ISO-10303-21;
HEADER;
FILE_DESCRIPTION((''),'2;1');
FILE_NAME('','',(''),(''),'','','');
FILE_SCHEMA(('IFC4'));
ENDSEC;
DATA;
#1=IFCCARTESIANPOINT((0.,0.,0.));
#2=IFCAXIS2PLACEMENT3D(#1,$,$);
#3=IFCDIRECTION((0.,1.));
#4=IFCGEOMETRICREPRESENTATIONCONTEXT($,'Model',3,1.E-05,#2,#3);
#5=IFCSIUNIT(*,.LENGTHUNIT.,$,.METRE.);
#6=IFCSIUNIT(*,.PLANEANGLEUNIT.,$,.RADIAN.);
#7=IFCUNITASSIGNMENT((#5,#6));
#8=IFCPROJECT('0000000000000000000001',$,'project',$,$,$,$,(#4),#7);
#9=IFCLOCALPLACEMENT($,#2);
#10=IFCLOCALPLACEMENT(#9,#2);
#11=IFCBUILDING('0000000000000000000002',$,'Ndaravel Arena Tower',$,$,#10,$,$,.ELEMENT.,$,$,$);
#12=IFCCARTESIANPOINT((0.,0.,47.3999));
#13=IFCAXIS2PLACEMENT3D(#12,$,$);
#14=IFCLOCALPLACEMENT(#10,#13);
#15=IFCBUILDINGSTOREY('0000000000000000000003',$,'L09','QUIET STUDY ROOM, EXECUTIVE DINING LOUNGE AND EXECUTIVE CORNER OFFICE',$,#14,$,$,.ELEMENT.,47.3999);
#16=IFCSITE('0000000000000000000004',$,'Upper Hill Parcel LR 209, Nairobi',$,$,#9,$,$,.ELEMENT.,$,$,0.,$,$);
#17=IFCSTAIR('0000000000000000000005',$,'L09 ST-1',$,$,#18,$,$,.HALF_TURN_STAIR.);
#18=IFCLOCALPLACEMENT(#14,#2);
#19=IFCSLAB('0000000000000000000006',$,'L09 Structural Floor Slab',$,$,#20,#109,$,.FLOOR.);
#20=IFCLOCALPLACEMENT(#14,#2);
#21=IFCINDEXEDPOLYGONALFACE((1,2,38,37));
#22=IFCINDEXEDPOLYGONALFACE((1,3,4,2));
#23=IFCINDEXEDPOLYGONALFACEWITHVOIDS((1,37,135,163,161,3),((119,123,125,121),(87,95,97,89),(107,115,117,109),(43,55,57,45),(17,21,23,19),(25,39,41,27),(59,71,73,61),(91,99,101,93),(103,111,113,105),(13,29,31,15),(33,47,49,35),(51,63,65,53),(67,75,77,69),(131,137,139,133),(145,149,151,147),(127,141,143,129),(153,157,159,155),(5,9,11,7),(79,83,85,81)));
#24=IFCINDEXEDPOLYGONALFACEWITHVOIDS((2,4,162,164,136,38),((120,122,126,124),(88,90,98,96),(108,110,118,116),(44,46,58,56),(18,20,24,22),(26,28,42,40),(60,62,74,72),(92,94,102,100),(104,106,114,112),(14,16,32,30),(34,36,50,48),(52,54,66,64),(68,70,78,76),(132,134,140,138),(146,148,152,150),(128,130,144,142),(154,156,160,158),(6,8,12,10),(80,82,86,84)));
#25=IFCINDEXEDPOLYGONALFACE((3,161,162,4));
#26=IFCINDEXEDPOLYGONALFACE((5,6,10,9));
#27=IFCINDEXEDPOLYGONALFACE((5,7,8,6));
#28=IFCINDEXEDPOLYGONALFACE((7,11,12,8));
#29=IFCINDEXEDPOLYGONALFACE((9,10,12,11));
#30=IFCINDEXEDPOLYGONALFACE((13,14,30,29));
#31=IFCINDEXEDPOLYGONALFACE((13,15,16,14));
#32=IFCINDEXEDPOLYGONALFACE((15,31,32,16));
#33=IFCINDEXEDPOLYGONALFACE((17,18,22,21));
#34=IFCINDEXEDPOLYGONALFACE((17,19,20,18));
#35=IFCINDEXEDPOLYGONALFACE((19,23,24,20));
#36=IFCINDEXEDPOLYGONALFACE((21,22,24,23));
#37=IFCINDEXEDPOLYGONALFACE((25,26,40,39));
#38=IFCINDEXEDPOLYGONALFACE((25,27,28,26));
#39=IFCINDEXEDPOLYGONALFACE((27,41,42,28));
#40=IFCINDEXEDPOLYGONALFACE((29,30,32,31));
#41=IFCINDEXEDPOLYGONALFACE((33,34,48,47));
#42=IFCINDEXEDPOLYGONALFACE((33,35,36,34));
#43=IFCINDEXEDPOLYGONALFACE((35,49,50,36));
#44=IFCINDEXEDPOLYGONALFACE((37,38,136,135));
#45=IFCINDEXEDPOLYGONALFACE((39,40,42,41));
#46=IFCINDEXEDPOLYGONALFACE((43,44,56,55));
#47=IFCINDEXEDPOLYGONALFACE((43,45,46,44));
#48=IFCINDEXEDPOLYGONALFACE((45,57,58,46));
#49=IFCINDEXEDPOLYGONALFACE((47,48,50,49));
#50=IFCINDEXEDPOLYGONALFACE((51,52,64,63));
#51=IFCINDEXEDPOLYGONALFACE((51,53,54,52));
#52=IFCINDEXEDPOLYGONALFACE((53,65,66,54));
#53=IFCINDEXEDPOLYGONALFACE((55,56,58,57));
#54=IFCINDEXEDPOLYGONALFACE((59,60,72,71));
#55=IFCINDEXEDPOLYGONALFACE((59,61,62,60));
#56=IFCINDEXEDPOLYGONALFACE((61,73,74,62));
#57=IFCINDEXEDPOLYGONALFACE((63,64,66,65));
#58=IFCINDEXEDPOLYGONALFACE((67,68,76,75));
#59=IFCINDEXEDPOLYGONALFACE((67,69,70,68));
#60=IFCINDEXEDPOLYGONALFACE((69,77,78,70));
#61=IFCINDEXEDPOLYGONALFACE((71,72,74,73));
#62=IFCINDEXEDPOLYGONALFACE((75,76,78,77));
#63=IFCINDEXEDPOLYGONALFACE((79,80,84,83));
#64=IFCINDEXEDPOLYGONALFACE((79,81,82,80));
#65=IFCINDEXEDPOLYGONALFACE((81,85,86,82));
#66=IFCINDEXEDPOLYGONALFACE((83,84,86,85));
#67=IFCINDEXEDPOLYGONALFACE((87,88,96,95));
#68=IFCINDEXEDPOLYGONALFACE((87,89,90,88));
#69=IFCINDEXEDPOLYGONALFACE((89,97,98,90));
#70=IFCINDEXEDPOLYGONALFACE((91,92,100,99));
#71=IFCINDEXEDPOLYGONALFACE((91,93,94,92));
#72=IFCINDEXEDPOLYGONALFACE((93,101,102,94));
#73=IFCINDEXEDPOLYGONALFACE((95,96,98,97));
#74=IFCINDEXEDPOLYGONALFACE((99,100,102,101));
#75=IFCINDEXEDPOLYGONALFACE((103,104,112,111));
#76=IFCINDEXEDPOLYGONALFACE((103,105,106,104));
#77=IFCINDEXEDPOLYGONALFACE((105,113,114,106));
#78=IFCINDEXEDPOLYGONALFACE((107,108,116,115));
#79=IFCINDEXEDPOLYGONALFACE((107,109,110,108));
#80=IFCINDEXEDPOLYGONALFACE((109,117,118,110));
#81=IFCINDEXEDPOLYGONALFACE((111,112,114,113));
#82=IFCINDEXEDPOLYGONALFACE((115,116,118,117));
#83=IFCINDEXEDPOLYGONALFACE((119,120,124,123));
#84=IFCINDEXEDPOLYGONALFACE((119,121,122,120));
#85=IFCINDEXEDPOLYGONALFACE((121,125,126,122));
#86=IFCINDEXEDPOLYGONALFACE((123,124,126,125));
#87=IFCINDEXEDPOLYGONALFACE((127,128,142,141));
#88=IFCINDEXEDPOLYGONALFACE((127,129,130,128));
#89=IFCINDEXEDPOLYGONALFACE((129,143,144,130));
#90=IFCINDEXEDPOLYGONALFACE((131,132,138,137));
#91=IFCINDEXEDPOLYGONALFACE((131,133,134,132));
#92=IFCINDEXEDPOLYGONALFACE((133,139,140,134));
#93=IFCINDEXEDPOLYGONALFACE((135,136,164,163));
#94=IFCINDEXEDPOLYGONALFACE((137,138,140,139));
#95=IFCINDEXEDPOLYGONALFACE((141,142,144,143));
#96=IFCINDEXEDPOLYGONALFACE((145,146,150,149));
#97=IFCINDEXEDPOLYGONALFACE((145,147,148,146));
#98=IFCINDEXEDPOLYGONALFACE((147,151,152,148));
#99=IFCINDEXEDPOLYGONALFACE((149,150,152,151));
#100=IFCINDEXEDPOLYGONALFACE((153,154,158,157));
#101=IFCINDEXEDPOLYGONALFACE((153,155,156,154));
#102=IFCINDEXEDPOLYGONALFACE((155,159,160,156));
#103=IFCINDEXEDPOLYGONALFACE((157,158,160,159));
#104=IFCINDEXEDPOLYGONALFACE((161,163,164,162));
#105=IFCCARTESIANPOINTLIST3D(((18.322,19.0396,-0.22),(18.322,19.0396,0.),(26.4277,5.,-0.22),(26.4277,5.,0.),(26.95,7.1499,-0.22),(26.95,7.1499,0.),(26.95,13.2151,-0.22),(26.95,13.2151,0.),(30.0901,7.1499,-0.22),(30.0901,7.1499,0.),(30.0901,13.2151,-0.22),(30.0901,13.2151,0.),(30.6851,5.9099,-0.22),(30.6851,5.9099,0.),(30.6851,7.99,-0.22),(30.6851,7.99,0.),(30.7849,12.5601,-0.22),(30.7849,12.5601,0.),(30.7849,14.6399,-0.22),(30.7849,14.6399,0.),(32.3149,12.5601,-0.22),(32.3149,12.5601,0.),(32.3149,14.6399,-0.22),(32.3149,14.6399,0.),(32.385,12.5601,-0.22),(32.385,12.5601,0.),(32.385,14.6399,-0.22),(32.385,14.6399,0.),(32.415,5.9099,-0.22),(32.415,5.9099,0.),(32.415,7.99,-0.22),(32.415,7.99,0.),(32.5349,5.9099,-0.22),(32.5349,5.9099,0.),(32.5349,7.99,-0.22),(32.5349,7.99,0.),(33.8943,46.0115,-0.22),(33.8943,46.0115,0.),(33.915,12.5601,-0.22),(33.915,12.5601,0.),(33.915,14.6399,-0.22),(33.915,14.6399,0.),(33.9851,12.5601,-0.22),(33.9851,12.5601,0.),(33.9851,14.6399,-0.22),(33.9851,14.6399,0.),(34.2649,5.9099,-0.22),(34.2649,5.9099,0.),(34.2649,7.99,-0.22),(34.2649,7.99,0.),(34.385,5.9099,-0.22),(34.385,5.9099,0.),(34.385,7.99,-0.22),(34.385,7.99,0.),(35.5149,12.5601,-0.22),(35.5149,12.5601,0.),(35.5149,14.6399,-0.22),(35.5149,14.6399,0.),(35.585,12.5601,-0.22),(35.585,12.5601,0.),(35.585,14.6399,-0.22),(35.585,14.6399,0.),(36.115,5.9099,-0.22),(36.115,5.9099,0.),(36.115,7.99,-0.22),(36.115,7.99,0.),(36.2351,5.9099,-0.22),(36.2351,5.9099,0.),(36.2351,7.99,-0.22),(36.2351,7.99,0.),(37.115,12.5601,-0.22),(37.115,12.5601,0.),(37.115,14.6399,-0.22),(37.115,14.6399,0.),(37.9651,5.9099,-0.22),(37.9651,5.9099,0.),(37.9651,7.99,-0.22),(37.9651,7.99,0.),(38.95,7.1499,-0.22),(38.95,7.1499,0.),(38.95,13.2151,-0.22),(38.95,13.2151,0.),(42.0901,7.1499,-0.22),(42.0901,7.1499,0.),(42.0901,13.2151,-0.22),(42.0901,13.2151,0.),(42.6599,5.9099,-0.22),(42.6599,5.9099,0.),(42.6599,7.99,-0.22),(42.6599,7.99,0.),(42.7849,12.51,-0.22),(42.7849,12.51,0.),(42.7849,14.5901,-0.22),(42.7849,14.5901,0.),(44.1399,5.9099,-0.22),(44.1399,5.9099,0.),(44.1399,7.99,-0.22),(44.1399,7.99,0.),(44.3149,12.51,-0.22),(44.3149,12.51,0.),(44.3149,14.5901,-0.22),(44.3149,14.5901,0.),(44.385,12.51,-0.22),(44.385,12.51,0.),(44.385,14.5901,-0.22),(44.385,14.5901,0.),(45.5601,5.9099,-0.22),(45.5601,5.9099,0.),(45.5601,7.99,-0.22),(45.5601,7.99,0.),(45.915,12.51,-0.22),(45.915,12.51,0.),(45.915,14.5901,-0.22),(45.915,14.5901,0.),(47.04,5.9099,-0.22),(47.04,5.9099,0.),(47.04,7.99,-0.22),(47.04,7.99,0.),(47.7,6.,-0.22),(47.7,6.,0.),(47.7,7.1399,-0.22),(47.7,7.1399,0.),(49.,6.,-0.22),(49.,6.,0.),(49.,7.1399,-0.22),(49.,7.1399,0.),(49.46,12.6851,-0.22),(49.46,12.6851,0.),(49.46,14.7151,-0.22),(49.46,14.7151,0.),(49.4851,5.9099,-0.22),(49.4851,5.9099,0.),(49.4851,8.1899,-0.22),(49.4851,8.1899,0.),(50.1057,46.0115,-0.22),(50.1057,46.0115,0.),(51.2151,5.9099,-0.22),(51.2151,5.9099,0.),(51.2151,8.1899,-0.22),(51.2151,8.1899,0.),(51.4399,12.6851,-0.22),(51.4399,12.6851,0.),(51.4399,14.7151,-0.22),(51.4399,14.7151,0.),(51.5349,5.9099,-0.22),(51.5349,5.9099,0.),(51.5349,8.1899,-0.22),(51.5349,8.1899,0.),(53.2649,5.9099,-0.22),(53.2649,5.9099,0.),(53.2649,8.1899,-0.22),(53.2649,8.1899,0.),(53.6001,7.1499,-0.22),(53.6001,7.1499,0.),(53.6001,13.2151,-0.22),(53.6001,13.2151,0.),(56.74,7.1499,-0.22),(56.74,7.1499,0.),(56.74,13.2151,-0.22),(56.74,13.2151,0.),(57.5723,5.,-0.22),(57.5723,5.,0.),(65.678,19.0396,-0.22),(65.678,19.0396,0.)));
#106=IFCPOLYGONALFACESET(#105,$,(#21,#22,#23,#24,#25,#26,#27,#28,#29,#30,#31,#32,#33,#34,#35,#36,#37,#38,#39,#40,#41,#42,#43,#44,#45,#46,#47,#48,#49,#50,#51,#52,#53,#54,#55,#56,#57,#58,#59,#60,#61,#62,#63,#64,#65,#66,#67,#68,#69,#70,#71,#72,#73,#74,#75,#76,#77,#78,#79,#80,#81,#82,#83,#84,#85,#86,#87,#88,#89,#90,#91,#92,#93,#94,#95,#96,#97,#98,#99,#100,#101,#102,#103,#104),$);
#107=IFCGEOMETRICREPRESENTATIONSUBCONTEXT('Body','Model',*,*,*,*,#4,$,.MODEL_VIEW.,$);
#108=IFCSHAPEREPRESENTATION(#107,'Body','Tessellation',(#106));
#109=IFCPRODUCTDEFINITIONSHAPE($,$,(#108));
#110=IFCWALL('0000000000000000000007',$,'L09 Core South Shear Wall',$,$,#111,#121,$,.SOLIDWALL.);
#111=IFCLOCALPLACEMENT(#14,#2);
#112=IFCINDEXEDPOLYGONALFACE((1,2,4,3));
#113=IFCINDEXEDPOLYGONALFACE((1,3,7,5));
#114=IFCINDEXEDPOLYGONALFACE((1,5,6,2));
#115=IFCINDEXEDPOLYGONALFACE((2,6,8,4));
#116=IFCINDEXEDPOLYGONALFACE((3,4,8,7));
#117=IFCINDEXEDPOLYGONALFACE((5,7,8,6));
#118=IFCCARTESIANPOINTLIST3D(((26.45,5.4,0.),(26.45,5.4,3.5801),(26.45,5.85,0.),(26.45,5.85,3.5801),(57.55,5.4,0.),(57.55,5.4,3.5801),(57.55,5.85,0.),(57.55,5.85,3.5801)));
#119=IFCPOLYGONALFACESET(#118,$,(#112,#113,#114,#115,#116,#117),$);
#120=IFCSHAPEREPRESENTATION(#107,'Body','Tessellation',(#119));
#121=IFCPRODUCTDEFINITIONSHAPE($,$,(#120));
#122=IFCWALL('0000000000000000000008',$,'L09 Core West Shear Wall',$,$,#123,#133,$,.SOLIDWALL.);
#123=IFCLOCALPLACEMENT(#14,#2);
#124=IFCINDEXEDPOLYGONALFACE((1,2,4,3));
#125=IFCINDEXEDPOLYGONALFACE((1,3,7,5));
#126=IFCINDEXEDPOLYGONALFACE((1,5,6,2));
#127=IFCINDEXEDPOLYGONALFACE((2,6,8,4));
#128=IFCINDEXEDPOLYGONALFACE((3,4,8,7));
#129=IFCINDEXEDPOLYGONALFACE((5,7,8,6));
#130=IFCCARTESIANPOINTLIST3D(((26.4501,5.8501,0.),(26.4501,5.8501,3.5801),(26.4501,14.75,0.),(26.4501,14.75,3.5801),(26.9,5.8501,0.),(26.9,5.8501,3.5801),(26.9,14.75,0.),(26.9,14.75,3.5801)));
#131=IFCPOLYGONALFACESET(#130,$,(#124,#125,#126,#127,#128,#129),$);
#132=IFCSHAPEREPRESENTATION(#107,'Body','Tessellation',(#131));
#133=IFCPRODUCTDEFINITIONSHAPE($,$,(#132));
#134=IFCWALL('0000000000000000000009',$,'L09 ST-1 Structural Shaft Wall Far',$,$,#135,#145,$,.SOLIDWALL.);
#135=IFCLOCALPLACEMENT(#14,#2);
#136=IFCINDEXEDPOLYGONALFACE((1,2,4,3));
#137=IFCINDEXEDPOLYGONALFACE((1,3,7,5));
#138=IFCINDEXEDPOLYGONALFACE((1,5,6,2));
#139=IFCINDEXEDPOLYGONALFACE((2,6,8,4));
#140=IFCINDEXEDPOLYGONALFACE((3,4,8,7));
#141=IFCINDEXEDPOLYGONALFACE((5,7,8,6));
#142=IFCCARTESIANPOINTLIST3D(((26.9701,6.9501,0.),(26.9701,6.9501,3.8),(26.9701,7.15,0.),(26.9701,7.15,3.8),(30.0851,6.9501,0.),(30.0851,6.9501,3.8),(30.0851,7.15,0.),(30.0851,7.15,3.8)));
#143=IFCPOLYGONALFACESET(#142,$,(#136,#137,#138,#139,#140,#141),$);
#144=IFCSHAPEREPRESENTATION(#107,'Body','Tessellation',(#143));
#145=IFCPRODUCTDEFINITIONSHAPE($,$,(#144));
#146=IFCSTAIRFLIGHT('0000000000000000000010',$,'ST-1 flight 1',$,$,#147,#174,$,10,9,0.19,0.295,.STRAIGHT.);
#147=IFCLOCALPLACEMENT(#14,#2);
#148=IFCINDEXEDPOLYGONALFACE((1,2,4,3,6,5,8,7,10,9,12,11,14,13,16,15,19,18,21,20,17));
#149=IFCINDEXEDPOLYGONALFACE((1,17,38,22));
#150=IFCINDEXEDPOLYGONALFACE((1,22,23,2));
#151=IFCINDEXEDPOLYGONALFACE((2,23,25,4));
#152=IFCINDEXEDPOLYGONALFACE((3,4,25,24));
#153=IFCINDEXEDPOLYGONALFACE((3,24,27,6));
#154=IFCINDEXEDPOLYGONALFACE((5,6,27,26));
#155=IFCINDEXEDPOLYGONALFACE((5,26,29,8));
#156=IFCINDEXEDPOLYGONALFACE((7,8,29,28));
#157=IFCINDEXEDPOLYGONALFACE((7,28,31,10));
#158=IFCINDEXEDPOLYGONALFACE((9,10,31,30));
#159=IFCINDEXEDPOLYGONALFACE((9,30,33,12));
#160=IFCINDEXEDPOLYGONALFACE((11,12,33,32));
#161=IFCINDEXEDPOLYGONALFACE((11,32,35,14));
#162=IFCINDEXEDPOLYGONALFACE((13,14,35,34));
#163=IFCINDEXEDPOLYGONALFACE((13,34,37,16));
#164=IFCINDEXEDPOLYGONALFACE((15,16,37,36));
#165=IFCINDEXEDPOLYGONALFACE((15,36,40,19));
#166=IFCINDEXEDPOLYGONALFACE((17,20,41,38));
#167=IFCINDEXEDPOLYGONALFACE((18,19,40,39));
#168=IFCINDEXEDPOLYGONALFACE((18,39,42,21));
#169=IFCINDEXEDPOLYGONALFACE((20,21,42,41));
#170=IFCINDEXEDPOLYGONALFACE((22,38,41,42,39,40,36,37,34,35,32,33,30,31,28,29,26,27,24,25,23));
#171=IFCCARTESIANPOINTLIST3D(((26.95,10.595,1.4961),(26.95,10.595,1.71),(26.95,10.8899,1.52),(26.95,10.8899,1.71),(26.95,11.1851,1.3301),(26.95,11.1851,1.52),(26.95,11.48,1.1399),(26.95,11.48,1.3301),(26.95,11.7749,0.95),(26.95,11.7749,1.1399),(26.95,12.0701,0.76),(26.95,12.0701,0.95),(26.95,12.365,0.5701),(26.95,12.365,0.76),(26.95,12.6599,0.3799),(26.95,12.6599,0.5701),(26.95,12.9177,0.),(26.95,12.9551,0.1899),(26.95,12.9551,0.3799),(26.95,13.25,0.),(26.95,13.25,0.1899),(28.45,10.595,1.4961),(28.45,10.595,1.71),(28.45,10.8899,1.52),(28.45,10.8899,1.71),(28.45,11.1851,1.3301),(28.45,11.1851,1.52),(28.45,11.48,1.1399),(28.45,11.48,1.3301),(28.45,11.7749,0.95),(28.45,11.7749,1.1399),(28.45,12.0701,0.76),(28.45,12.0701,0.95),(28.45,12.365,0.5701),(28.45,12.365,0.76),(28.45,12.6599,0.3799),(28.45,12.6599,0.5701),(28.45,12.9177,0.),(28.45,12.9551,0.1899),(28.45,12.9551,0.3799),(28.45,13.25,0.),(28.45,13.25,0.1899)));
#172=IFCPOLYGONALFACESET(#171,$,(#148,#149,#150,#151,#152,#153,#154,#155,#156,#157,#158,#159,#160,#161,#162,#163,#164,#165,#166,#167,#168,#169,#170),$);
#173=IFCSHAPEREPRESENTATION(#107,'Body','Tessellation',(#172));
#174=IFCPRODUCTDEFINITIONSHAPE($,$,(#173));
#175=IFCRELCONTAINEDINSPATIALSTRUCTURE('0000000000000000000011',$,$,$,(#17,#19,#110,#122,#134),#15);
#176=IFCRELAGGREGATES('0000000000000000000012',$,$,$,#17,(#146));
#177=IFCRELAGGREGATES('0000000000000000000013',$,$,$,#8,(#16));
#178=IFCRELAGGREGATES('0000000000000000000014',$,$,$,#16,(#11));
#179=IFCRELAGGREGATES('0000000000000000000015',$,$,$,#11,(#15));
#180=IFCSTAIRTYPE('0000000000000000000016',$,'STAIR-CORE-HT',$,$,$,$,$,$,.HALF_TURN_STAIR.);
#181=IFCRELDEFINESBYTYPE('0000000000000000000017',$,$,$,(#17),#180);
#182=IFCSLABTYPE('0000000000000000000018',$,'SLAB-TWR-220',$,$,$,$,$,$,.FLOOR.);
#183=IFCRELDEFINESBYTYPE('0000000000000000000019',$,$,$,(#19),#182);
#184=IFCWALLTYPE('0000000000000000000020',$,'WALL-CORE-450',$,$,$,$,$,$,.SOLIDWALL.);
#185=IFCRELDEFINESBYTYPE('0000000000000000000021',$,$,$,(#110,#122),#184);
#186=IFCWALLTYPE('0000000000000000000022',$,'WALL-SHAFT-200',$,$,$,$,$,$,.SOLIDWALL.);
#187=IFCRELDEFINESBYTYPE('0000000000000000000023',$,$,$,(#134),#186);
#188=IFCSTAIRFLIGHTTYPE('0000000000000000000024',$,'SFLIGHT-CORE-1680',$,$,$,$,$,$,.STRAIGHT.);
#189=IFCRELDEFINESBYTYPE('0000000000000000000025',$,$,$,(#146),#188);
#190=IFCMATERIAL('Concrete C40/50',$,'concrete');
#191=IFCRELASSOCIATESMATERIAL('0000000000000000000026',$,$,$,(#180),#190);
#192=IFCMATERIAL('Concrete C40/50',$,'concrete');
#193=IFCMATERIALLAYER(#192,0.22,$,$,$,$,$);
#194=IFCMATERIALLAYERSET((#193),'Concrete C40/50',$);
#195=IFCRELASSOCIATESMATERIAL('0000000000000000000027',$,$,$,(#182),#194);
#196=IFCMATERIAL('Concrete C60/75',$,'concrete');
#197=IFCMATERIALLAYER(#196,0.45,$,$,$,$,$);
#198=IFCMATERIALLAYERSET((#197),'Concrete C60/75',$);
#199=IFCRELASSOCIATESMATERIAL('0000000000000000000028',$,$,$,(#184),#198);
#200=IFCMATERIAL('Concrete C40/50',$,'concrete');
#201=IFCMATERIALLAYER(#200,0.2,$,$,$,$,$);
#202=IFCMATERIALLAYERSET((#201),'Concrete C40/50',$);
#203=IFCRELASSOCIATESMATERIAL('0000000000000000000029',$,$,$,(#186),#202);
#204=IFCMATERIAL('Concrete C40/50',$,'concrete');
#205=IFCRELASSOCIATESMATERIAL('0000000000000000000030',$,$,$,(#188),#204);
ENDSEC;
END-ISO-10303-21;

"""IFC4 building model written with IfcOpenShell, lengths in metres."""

from ifc_helpers import new_model, si_unit, direction, frame, frame_2d, origin, place, context, subcontext, project, spatial, polyline, rectangle, outline, extrude, material, layer, layer_set, type_object, element, aggregate, save


model = new_model("IFC4")

# Units and contexts
model_context = context("Model", 3, precision=1e-05, world=origin(), true_north=direction((0.0, 1.0)))
body_context = subcontext(model_context, "Body", "Model", "MODEL_VIEW")
ifc_project = project(units=[si_unit("LENGTHUNIT", "METRE"), si_unit("PLANEANGLEUNIT", "RADIAN")], contexts=[model_context])

# Site, building, storey
site_placement = place(None, origin())
site = spatial("IfcSite", under=ifc_project, at=site_placement, Name="Upper Hill Parcel LR 209, Nairobi", CompositionType="ELEMENT", RefElevation=0.0)
building_placement = place(site_placement, origin())
building = spatial("IfcBuilding", under=site, at=building_placement, Name="Ndaravel Arena Tower", CompositionType="ELEMENT")
storey_placement = place(building_placement, frame((0.0, 0.0, 47.3999)))
storey = spatial("IfcBuildingStorey", under=building, at=storey_placement, Name="L09", Description="QUIET STUDY ROOM, EXECUTIVE DINING LOUNGE AND EXECUTIVE CORNER OFFICE", CompositionType="ELEMENT", Elevation=47.3999)

# Stair
ifc_material_1 = material(Name="Concrete C40/50", Category="concrete")
stair_type = type_object("IfcStairType", Name="STAIR-CORE-HT", PredefinedType="HALF_TURN_STAIR", material=ifc_material_1)
stair_1_placement = place(storey_placement, origin())
stair_1 = element("IfcStair", 1, at=stair_1_placement, inside=storey, type_object=stair_type, Name="L09 ST-1", PredefinedType="HALF_TURN_STAIR")

# Slab
ifc_material_2 = material(Name="Concrete C40/50", Category="concrete")
ifc_layer_1 = layer(ifc_material_2, 0.22)
ifc_layer_set_1 = layer_set([ifc_layer_1], Name="Concrete C40/50")
slab_type_1 = type_object("IfcSlabType", Name="SLAB-TWR-220", PredefinedType="FLOOR", material=ifc_layer_set_1)
slab_1_placement = place(storey_placement, frame((0.0, 0.0, -0.22)))
element("IfcSlab", 2, at=slab_1_placement, inside=storey, type_object=slab_type_1, Name="L09 Structural Floor Slab", PredefinedType="FLOOR", context=body_context, shape_type="SweptSolid", body=[
    extrude(outline(polyline([(18.322, 19.0396), (26.4277, 5.0), (57.5723, 5.0), (65.678, 19.0396), (50.1057, 46.0115), (33.8943, 46.0115), (18.322, 19.0396)]), holes=[polyline([(26.95, 13.2151), (26.95, 7.1499), (30.0901, 7.1499), (30.0901, 13.2151), (26.95, 13.2151)]), polyline([(38.95, 13.2151), (38.95, 7.1499), (42.0901, 7.1499), (42.0901, 13.2151), (38.95, 13.2151)]), polyline([(53.6001, 13.2151), (53.6001, 7.1499), (56.74, 7.1499), (56.74, 13.2151), (53.6001, 13.2151)]), polyline([(30.6851, 5.9099), (32.415, 5.9099), (32.415, 7.99), (30.6851, 7.99), (30.6851, 5.9099)]), polyline([(32.5349, 5.9099), (34.2649, 5.9099), (34.2649, 7.99), (32.5349, 7.99), (32.5349, 5.9099)]), polyline([(34.385, 5.9099), (36.115, 5.9099), (36.115, 7.99), (34.385, 7.99), (34.385, 5.9099)]), polyline([(36.2351, 5.9099), (37.9651, 5.9099), (37.9651, 7.99), (36.2351, 7.99), (36.2351, 5.9099)]), polyline([(30.7849, 12.5601), (32.3149, 12.5601), (32.3149, 14.6399), (30.7849, 14.6399), (30.7849, 12.5601)]), polyline([(32.385, 12.5601), (33.915, 12.5601), (33.915, 14.6399), (32.385, 14.6399), (32.385, 12.5601)]), polyline([(33.9851, 12.5601), (35.5149, 12.5601), (35.5149, 14.6399), (33.9851, 14.6399), (33.9851, 12.5601)]), polyline([(35.585, 12.5601), (37.115, 12.5601), (37.115, 14.6399), (35.585, 14.6399), (35.585, 12.5601)]), polyline([(42.6599, 5.9099), (44.1399, 5.9099), (44.1399, 7.99), (42.6599, 7.99), (42.6599, 5.9099)]), polyline([(45.5601, 5.9099), (47.04, 5.9099), (47.04, 7.99), (45.5601, 7.99), (45.5601, 5.9099)]), polyline([(42.7849, 12.51), (44.3149, 12.51), (44.3149, 14.5901), (42.7849, 14.5901), (42.7849, 12.51)]), polyline([(44.385, 12.51), (45.915, 12.51), (45.915, 14.5901), (44.385, 14.5901), (44.385, 12.51)]), polyline([(49.4851, 5.9099), (51.2151, 5.9099), (51.2151, 8.1899), (49.4851, 8.1899), (49.4851, 5.9099)]), polyline([(51.5349, 5.9099), (53.2649, 5.9099), (53.2649, 8.1899), (51.5349, 8.1899), (51.5349, 5.9099)]), polyline([(49.46, 12.6851), (51.4399, 12.6851), (51.4399, 14.7151), (49.46, 14.7151), (49.46, 12.6851)]), polyline([(47.7, 6.0), (49.0, 6.0), (49.0, 7.1399), (47.7, 7.1399), (47.7, 6.0)])]), origin(), (0.0, 0.0, 1.0), 0.22),
])

# Walls
ifc_material_3 = material(Name="Concrete C60/75", Category="concrete")
ifc_layer_2 = layer(ifc_material_3, 0.45)
ifc_layer_set_2 = layer_set([ifc_layer_2], Name="Concrete C60/75")
wall_type_1 = type_object("IfcWallType", Name="WALL-CORE-450", PredefinedType="SOLIDWALL", material=ifc_layer_set_2)
wall_1_placement = place(storey_placement, frame((26.45, 5.625, 0.0), z_axis=(0.0, 0.0, 1.0), x_axis=(1.0, 0.0, 0.0)))
element("IfcWall", 3, at=wall_1_placement, inside=storey, type_object=wall_type_1, Name="L09 Core South Shear Wall", PredefinedType="SOLIDWALL", context=body_context, shape_type="SweptSolid", body=[
    extrude(rectangle(XDim=31.1001, YDim=0.45, at=frame_2d((15.55, 0.0))), origin(), (0.0, 0.0, 1.0), 3.5801),
])
wall_2_placement = place(storey_placement, frame((26.675, 5.8501, 0.0), z_axis=(0.0, 0.0, 1.0), x_axis=(0.0, 1.0, 0.0)))
element("IfcWall", 4, at=wall_2_placement, inside=storey, type_object=wall_type_1, Name="L09 Core West Shear Wall", PredefinedType="SOLIDWALL", context=body_context, shape_type="SweptSolid", body=[
    extrude(rectangle(XDim=8.8999, YDim=0.45, at=frame_2d((4.45, 0.0))), origin(), (0.0, 0.0, 1.0), 3.5801),
])
ifc_material_4 = material(Name="Concrete C40/50", Category="concrete")
ifc_layer_3 = layer(ifc_material_4, 0.2)
ifc_layer_set_3 = layer_set([ifc_layer_3], Name="Concrete C40/50")
wall_type_2 = type_object("IfcWallType", Name="WALL-SHAFT-200", PredefinedType="SOLIDWALL", material=ifc_layer_set_3)
wall_3_placement = place(storey_placement, frame((26.97, 7.05, 0.0), z_axis=(0.0, 0.0, 1.0), x_axis=(1.0, 0.0, 0.0)))
element("IfcWall", 5, at=wall_3_placement, inside=storey, type_object=wall_type_2, Name="L09 ST-1 Structural Shaft Wall Far", PredefinedType="SOLIDWALL", context=body_context, shape_type="SweptSolid", body=[
    extrude(rectangle(XDim=3.115, YDim=0.2, at=frame_2d((1.5576, 0.0))), origin(), (0.0, 0.0, 1.0), 3.8),
])

# Stair flight
ifc_material_5 = material(Name="Concrete C40/50", Category="concrete")
stair_flight_type = type_object("IfcStairFlightType", Name="SFLIGHT-CORE-1680", PredefinedType="STRAIGHT", material=ifc_material_5)
stair_flight_1_placement = place(storey_placement, frame((27.7, 13.25, 0.0), z_axis=(0.0, 0.0, 1.0), x_axis=(0.0, -1.0, 0.0)))
stair_flight_1 = element("IfcStairFlight", 6, at=stair_flight_1_placement, type_object=stair_flight_type, Name="ST-1 flight 1", NumberOfRisers=10, NumberOfTreads=9, PredefinedType="STRAIGHT", RiserHeight=0.19, TreadLength=0.295, context=body_context, shape_type="SweptSolid", body=[
    extrude(outline(polyline([(0.0, 0.0), (0.0, 0.1899), (0.2949, 0.1899), (0.2949, 0.3799), (0.5901, 0.3799), (0.5901, 0.5701), (0.885, 0.5701), (0.885, 0.76), (1.1799, 0.76), (1.1799, 0.95), (1.4751, 0.95), (1.4751, 1.1399), (1.77, 1.1399), (1.77, 1.3301), (2.0649, 1.3301), (2.0649, 1.52), (2.3601, 1.52), (2.3601, 1.71), (2.655, 1.71), (2.655, 1.8999), (2.655, 1.4961), (0.3323, 0.0), (0.0, 0.0)])), frame((0.0, 0.75, 0.0), z_axis=(0.0, -1.0, 0.0), x_axis=(1.0, 0.0, 0.0)), (0.0, 0.0, 1.0), 1.5),
])
aggregate(stair_1, [stair_flight_1])

save(model, "model.ifc")
